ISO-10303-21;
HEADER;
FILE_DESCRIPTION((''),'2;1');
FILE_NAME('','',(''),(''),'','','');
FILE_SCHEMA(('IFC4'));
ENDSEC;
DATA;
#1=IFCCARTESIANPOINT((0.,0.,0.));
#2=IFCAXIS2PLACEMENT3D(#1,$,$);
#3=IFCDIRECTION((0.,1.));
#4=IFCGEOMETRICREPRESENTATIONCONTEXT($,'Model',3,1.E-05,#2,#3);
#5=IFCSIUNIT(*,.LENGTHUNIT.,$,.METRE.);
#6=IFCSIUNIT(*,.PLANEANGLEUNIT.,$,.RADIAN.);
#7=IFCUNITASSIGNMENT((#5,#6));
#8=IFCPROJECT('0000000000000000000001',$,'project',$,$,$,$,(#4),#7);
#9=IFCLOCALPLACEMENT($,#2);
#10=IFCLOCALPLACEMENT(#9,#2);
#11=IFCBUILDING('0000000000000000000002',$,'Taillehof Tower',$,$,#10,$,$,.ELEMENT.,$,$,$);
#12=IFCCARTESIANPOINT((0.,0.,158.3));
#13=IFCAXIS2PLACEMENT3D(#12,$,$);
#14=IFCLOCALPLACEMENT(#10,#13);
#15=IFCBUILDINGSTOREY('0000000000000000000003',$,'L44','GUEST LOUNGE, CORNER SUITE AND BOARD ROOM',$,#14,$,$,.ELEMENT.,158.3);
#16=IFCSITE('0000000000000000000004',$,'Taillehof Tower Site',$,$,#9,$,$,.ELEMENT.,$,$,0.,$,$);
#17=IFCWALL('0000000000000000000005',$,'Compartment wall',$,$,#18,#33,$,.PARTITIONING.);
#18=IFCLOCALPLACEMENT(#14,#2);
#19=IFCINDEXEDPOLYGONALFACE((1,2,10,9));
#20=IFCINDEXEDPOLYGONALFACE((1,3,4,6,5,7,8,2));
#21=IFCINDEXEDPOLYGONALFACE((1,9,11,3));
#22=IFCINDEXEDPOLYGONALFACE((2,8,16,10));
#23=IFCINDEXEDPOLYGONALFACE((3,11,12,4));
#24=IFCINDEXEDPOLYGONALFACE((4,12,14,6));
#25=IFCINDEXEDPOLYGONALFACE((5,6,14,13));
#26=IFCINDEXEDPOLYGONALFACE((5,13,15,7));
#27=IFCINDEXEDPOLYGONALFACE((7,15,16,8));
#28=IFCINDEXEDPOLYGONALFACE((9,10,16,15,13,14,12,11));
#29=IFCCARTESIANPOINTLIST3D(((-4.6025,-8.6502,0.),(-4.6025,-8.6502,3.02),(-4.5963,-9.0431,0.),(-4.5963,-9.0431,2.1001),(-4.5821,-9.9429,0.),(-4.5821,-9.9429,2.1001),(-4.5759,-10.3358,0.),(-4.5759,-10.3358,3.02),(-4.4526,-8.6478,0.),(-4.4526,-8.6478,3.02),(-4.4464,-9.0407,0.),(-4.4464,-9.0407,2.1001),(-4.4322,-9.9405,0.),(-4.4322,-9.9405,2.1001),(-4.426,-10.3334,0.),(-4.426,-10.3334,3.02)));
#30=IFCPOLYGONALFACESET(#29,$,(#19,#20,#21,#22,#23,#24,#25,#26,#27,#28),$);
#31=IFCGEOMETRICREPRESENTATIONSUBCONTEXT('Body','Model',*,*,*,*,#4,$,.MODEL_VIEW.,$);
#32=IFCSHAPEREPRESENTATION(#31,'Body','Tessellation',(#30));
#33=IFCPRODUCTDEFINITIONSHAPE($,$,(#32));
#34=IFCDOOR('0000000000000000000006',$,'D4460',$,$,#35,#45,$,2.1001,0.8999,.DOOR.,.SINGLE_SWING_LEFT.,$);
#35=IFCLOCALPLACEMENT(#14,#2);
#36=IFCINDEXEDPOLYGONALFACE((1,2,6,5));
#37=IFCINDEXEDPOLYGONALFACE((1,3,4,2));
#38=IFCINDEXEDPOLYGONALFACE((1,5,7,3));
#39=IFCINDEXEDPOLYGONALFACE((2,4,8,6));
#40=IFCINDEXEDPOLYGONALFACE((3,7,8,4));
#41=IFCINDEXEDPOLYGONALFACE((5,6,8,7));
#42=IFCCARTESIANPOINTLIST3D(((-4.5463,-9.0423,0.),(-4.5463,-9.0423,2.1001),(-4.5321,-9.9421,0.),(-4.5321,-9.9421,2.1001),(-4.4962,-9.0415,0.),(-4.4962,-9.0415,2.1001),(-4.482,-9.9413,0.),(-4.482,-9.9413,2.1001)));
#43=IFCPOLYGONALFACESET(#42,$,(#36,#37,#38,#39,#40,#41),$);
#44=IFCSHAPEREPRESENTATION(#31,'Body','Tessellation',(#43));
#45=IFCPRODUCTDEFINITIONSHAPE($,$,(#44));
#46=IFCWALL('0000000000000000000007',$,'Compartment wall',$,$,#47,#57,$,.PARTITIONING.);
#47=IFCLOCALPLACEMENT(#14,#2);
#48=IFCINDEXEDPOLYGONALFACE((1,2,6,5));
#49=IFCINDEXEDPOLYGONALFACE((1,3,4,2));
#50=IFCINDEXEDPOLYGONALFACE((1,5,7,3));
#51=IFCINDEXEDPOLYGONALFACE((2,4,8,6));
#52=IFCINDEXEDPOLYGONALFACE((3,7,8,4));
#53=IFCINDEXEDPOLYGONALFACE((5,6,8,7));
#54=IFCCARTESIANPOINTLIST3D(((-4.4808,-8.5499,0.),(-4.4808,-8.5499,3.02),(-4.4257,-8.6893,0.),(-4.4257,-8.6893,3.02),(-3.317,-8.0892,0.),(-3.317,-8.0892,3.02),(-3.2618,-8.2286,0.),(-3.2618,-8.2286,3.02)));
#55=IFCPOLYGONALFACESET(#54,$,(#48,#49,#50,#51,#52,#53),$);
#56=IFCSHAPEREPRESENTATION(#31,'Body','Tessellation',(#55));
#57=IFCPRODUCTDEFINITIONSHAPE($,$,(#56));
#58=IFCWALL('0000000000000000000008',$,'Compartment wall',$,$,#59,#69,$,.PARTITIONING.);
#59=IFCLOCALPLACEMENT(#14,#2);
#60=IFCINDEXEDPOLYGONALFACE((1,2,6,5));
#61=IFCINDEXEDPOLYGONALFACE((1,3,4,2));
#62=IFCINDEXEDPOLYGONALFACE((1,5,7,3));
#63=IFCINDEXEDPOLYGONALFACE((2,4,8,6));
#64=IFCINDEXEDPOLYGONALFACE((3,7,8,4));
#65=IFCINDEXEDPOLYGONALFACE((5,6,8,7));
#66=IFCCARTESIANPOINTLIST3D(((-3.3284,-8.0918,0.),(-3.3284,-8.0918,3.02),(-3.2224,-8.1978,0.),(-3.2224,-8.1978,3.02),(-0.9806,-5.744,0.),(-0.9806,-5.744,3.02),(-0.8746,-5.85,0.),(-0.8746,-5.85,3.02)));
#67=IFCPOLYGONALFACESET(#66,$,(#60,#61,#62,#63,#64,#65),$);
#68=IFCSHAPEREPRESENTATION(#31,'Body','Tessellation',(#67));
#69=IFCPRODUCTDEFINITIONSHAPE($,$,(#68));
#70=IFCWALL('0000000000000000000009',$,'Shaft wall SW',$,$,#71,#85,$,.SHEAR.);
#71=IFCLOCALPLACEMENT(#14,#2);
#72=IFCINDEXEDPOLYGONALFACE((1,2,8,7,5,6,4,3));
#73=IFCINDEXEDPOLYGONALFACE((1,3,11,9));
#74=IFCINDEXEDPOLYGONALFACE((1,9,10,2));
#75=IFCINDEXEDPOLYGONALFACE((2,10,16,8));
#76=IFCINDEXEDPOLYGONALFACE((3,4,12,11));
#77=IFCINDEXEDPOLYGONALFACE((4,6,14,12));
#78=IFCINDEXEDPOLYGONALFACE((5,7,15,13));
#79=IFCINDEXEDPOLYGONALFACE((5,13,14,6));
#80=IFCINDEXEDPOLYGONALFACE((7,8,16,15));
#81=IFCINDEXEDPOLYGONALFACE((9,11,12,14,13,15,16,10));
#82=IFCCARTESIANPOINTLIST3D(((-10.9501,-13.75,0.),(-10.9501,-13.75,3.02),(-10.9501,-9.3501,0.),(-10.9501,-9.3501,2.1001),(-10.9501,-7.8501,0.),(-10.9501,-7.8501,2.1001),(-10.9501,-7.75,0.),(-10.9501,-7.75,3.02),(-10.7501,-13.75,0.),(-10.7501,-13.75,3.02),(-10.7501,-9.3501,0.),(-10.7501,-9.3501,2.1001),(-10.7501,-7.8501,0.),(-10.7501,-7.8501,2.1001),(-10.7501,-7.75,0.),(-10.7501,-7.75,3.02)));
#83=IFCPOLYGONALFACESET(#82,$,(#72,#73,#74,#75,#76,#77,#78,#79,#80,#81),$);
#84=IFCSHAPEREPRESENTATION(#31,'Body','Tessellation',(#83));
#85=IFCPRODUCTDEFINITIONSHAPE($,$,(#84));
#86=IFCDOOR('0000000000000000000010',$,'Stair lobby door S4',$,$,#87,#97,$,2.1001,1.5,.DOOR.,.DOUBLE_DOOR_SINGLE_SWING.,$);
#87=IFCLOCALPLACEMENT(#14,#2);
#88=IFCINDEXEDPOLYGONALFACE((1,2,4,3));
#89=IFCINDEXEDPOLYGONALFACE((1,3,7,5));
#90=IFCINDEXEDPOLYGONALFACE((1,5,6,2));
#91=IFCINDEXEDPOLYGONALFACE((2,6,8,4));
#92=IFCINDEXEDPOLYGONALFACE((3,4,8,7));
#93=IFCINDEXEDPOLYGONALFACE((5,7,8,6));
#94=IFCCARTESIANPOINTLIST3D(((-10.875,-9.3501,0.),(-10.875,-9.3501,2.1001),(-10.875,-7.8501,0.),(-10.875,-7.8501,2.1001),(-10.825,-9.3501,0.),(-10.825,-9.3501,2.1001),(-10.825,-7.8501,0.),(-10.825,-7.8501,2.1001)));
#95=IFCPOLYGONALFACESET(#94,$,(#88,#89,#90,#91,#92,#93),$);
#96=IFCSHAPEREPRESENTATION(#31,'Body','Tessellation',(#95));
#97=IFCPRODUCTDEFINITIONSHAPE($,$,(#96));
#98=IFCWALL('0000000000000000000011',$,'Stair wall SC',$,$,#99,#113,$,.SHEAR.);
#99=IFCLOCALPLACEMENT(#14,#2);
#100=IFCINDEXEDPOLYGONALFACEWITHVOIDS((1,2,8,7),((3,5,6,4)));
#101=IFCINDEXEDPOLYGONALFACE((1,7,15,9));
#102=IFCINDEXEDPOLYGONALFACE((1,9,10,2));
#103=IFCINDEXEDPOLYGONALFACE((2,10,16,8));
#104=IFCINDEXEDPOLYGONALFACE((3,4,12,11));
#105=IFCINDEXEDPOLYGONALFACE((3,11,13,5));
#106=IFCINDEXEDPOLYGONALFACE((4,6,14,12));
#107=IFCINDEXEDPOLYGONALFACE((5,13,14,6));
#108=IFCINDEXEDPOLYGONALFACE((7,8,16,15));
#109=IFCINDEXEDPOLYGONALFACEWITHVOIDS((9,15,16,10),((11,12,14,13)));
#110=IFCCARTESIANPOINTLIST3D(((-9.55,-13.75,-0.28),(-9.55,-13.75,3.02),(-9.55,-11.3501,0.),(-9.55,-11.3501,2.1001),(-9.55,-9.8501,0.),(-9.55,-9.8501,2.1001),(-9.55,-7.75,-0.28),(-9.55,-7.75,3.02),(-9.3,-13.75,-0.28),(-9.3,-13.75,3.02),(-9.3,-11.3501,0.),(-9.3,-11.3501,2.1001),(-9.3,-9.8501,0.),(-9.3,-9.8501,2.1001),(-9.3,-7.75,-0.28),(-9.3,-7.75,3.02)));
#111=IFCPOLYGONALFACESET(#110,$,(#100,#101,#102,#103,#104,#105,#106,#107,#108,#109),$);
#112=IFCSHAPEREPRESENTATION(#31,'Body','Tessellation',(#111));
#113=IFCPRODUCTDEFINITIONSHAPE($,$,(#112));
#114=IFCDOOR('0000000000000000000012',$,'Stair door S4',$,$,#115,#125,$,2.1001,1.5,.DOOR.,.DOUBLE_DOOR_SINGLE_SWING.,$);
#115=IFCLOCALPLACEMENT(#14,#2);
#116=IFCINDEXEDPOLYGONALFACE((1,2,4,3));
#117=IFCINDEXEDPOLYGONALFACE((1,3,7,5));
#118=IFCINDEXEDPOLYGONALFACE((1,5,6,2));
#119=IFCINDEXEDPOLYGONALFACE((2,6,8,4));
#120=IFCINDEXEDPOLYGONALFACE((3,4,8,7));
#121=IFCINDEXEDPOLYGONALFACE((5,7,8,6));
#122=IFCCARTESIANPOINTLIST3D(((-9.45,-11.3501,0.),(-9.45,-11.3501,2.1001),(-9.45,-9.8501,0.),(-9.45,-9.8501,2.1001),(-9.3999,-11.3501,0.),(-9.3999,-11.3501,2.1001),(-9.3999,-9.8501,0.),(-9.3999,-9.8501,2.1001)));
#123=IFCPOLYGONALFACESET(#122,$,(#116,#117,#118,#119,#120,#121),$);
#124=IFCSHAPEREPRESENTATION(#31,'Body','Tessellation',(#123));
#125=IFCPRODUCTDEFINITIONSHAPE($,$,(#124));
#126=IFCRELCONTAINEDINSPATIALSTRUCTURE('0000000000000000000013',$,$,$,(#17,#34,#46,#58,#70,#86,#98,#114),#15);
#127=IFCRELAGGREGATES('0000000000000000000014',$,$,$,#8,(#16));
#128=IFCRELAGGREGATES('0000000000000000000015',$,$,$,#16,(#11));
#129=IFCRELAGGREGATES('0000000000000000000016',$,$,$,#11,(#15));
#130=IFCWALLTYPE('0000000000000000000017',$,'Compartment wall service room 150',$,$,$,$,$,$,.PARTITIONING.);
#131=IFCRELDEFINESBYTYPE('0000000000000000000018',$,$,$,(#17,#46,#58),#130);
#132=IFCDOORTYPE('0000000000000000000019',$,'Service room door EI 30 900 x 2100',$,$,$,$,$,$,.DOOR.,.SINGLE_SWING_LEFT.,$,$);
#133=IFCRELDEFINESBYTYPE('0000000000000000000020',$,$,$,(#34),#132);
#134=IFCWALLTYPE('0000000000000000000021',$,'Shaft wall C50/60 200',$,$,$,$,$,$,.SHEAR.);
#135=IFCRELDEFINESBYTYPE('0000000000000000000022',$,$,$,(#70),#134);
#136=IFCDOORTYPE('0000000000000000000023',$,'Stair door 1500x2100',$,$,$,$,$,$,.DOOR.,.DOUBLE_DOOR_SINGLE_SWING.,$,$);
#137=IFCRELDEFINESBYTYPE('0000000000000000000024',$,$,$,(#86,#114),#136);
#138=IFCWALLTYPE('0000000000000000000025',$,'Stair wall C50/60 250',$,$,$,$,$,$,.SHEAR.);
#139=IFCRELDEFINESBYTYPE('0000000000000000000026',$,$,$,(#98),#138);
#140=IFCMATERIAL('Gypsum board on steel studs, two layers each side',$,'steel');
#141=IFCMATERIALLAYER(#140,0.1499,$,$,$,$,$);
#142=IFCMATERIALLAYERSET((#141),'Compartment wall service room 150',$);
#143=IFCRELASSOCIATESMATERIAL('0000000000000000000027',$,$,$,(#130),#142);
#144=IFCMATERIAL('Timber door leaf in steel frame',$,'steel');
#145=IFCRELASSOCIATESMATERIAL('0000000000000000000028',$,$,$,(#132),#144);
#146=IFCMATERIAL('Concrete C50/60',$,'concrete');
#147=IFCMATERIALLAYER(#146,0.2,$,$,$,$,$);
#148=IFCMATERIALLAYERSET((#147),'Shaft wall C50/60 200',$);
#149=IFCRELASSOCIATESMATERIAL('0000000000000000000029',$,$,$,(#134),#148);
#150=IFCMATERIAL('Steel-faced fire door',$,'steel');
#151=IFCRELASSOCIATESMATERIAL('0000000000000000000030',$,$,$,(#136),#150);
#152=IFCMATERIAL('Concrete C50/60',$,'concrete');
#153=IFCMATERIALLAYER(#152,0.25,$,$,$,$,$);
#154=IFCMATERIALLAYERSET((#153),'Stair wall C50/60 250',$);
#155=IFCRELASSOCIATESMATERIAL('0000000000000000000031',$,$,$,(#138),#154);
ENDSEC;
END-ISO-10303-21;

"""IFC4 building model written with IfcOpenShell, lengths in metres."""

from ifc_helpers import new_model, si_unit, direction, frame, frame_2d, origin, place, context, subcontext, project, spatial, rectangle, extrude, material, layer, layer_set, type_object, element, fill, save


model = new_model("IFC4")

# Units and contexts
model_context = context("Model", 3, precision=1e-05, world=origin(), true_north=direction((0.0, 1.0)))
body_context = subcontext(model_context, "Body", "Model", "MODEL_VIEW")
ifc_project = project(units=[si_unit("LENGTHUNIT", "METRE"), si_unit("PLANEANGLEUNIT", "RADIAN")], contexts=[model_context])

# Site, building, storey
site_placement = place(None, origin())
site = spatial("IfcSite", under=ifc_project, at=site_placement, Name="Taillehof Tower Site", CompositionType="ELEMENT", RefElevation=0.0)
building_placement = place(site_placement, origin())
building = spatial("IfcBuilding", under=site, at=building_placement, Name="Taillehof Tower", CompositionType="ELEMENT")
storey_placement = place(building_placement, frame((0.0, 0.0, 158.3)))
storey = spatial("IfcBuildingStorey", under=building, at=storey_placement, Name="L44", Description="GUEST LOUNGE, CORNER SUITE AND BOARD ROOM", CompositionType="ELEMENT", Elevation=158.3)

# Shared definitions
ifc_material_1 = material(Name="Gypsum board on steel studs, two layers each side", Category="steel")
ifc_layer_1 = layer(ifc_material_1, 0.1499)
ifc_layer_set_1 = layer_set([ifc_layer_1], Name="Compartment wall service room 150")
wall_type_1 = type_object("IfcWallType", Name="Compartment wall service room 150", PredefinedType="PARTITIONING", material=ifc_layer_set_1)

# Wall, opening, door
wall_1_placement = place(storey_placement, frame((-4.501, -10.3345, 0.0), z_axis=(0.0, 0.0, 1.0), x_axis=(-0.015786, 0.999875, 0.0)))
wall_1 = element("IfcWall", 1, at=wall_1_placement, inside=storey, type_object=wall_type_1, Name="Compartment wall", PredefinedType="PARTITIONING", context=body_context, shape_type="SweptSolid", body=[
    extrude(rectangle(XDim=1.6858, YDim=0.1499, at=frame_2d((0.8428, 0.0))), origin(), (0.0, 0.0, 1.0), 3.02),
])
opening_1_placement = place(wall_1_placement, frame((0.3928, 0.0, 0.0)))
opening_1 = element("IfcOpeningElement", 2, at=opening_1_placement, cuts=wall_1, PredefinedType="OPENING", context=body_context, shape_type="SweptSolid", body=[
    extrude(rectangle(XDim=0.8999, YDim=2.1001, at=frame_2d((0.45, 1.05))), frame((0.0, 0.085, 0.0), z_axis=(0.0, -1.0, 0.0), x_axis=(1.0, 0.0, 0.0)), (0.0, 0.0, 1.0), 0.1699),
])
ifc_material_2 = material(Name="Timber door leaf in steel frame", Category="steel")
door_type_1 = type_object("IfcDoorType", Name="Service room door EI 30 900 x 2100", OperationType="SINGLE_SWING_LEFT", PredefinedType="DOOR", material=ifc_material_2)
door_1_placement = place(opening_1_placement, origin())
door_1 = element("IfcDoor", 3, at=door_1_placement, inside=storey, type_object=door_type_1, Name="D4460", OperationType="SINGLE_SWING_LEFT", OverallHeight=2.1001, OverallWidth=0.8999, PredefinedType="DOOR", context=body_context, shape_type="SweptSolid", body=[
    extrude(rectangle(XDim=0.8999, YDim=2.1001, at=frame_2d((0.45, 1.05))), frame((0.0, 0.0249, 0.0), z_axis=(0.0, -1.0, 0.0), x_axis=(1.0, 0.0, 0.0)), (0.0, 0.0, 1.0), 0.05),
])
fill(opening_1, door_1)

# Walls
wall_2_placement = place(storey_placement, frame((-4.4534, -8.6196, 0.0), z_axis=(0.0, 0.0, 1.0), x_axis=(0.929802, 0.368059, 0.0)))
element("IfcWall", 4, at=wall_2_placement, inside=storey, type_object=wall_type_1, Name="Compartment wall", PredefinedType="PARTITIONING", context=body_context, shape_type="SweptSolid", body=[
    extrude(rectangle(XDim=1.2517, YDim=0.1499, at=frame_2d((0.626, 0.0))), origin(), (0.0, 0.0, 1.0), 3.02),
])
wall_3_placement = place(storey_placement, frame((-3.2754, -8.1448, 0.0), z_axis=(0.0, 0.0, 1.0), x_axis=(0.707107, 0.707107, 0.0)))
element("IfcWall", 5, at=wall_3_placement, inside=storey, type_object=wall_type_1, Name="Compartment wall", PredefinedType="PARTITIONING", context=body_context, shape_type="SweptSolid", body=[
    extrude(rectangle(XDim=3.3203, YDim=0.1499, at=frame_2d((1.6602, 0.0))), origin(), (0.0, 0.0, 1.0), 3.02),
])

# Walls, openings, doors
ifc_material_3 = material(Name="Concrete C50/60", Category="concrete")
ifc_layer_2 = layer(ifc_material_3, 0.2)
ifc_layer_set_2 = layer_set([ifc_layer_2], Name="Shaft wall C50/60 200")
wall_type_2 = type_object("IfcWallType", Name="Shaft wall C50/60 200", PredefinedType="SHEAR", material=ifc_layer_set_2)
wall_4_placement = place(storey_placement, frame((-10.8501, -13.75, 0.0), z_axis=(0.0, 0.0, 1.0), x_axis=(0.0, 1.0, 0.0)))
wall_4 = element("IfcWall", 6, at=wall_4_placement, inside=storey, type_object=wall_type_2, Name="Shaft wall SW", PredefinedType="SHEAR", context=body_context, shape_type="SweptSolid", body=[
    extrude(rectangle(XDim=6.0, YDim=0.2, at=frame_2d((3.0, 0.0))), origin(), (0.0, 0.0, 1.0), 3.02),
])
opening_2_placement = place(wall_4_placement, frame((4.3999, 0.0, 0.0)))
opening_2 = element("IfcOpeningElement", 7, at=opening_2_placement, cuts=wall_4, PredefinedType="OPENING", context=body_context, shape_type="SweptSolid", body=[
    extrude(rectangle(XDim=1.5, YDim=2.1001, at=frame_2d((0.75, 1.05))), frame((0.0, 0.1099, 0.0), z_axis=(0.0, -1.0, 0.0), x_axis=(1.0, 0.0, 0.0)), (0.0, 0.0, 1.0), 0.22),
])
ifc_material_4 = material(Name="Steel-faced fire door", Category="steel")
door_type_2 = type_object("IfcDoorType", Name="Stair door 1500x2100", OperationType="DOUBLE_DOOR_SINGLE_SWING", PredefinedType="DOOR", material=ifc_material_4)
door_2_placement = place(opening_2_placement, origin())
door_2 = element("IfcDoor", 8, at=door_2_placement, inside=storey, type_object=door_type_2, Name="Stair lobby door S4", OperationType="DOUBLE_DOOR_SINGLE_SWING", OverallHeight=2.1001, OverallWidth=1.5, PredefinedType="DOOR", context=body_context, shape_type="SweptSolid", body=[
    extrude(rectangle(XDim=1.5, YDim=2.1001, at=frame_2d((0.75, 1.05))), frame((0.0, 0.0249, 0.0), z_axis=(0.0, -1.0, 0.0), x_axis=(1.0, 0.0, 0.0)), (0.0, 0.0, 1.0), 0.05),
])
fill(opening_2, door_2)
ifc_material_5 = material(Name="Concrete C50/60", Category="concrete")
ifc_layer_3 = layer(ifc_material_5, 0.25)
ifc_layer_set_3 = layer_set([ifc_layer_3], Name="Stair wall C50/60 250")
wall_type_3 = type_object("IfcWallType", Name="Stair wall C50/60 250", PredefinedType="SHEAR", material=ifc_layer_set_3)
wall_5_placement = place(storey_placement, frame((-9.425, -13.75, -0.28), z_axis=(0.0, 0.0, 1.0), x_axis=(0.0, 1.0, 0.0)))
wall_5 = element("IfcWall", 9, at=wall_5_placement, inside=storey, type_object=wall_type_3, Name="Stair wall SC", PredefinedType="SHEAR", context=body_context, shape_type="SweptSolid", body=[
    extrude(rectangle(XDim=6.0, YDim=0.25, at=frame_2d((3.0, 0.0))), origin(), (0.0, 0.0, 1.0), 3.3),
])
opening_3_placement = place(wall_5_placement, frame((2.3999, 0.0, 0.28)))
opening_3 = element("IfcOpeningElement", 10, at=opening_3_placement, cuts=wall_5, PredefinedType="OPENING", context=body_context, shape_type="SweptSolid", body=[
    extrude(rectangle(XDim=1.5, YDim=2.1001, at=frame_2d((0.75, 1.05))), frame((0.0, 0.135, 0.0), z_axis=(0.0, -1.0, 0.0), x_axis=(1.0, 0.0, 0.0)), (0.0, 0.0, 1.0), 0.27),
])
door_3_placement = place(opening_3_placement, origin())
door_3 = element("IfcDoor", 11, at=door_3_placement, inside=storey, type_object=door_type_2, Name="Stair door S4", OperationType="DOUBLE_DOOR_SINGLE_SWING", OverallHeight=2.1001, OverallWidth=1.5, PredefinedType="DOOR", context=body_context, shape_type="SweptSolid", body=[
    extrude(rectangle(XDim=1.5, YDim=2.1001, at=frame_2d((0.75, 1.05))), frame((0.0, 0.0249, 0.0), z_axis=(0.0, -1.0, 0.0), x_axis=(1.0, 0.0, 0.0)), (0.0, 0.0, 1.0), 0.05),
])
fill(opening_3, door_3)

save(model, "model.ifc")
